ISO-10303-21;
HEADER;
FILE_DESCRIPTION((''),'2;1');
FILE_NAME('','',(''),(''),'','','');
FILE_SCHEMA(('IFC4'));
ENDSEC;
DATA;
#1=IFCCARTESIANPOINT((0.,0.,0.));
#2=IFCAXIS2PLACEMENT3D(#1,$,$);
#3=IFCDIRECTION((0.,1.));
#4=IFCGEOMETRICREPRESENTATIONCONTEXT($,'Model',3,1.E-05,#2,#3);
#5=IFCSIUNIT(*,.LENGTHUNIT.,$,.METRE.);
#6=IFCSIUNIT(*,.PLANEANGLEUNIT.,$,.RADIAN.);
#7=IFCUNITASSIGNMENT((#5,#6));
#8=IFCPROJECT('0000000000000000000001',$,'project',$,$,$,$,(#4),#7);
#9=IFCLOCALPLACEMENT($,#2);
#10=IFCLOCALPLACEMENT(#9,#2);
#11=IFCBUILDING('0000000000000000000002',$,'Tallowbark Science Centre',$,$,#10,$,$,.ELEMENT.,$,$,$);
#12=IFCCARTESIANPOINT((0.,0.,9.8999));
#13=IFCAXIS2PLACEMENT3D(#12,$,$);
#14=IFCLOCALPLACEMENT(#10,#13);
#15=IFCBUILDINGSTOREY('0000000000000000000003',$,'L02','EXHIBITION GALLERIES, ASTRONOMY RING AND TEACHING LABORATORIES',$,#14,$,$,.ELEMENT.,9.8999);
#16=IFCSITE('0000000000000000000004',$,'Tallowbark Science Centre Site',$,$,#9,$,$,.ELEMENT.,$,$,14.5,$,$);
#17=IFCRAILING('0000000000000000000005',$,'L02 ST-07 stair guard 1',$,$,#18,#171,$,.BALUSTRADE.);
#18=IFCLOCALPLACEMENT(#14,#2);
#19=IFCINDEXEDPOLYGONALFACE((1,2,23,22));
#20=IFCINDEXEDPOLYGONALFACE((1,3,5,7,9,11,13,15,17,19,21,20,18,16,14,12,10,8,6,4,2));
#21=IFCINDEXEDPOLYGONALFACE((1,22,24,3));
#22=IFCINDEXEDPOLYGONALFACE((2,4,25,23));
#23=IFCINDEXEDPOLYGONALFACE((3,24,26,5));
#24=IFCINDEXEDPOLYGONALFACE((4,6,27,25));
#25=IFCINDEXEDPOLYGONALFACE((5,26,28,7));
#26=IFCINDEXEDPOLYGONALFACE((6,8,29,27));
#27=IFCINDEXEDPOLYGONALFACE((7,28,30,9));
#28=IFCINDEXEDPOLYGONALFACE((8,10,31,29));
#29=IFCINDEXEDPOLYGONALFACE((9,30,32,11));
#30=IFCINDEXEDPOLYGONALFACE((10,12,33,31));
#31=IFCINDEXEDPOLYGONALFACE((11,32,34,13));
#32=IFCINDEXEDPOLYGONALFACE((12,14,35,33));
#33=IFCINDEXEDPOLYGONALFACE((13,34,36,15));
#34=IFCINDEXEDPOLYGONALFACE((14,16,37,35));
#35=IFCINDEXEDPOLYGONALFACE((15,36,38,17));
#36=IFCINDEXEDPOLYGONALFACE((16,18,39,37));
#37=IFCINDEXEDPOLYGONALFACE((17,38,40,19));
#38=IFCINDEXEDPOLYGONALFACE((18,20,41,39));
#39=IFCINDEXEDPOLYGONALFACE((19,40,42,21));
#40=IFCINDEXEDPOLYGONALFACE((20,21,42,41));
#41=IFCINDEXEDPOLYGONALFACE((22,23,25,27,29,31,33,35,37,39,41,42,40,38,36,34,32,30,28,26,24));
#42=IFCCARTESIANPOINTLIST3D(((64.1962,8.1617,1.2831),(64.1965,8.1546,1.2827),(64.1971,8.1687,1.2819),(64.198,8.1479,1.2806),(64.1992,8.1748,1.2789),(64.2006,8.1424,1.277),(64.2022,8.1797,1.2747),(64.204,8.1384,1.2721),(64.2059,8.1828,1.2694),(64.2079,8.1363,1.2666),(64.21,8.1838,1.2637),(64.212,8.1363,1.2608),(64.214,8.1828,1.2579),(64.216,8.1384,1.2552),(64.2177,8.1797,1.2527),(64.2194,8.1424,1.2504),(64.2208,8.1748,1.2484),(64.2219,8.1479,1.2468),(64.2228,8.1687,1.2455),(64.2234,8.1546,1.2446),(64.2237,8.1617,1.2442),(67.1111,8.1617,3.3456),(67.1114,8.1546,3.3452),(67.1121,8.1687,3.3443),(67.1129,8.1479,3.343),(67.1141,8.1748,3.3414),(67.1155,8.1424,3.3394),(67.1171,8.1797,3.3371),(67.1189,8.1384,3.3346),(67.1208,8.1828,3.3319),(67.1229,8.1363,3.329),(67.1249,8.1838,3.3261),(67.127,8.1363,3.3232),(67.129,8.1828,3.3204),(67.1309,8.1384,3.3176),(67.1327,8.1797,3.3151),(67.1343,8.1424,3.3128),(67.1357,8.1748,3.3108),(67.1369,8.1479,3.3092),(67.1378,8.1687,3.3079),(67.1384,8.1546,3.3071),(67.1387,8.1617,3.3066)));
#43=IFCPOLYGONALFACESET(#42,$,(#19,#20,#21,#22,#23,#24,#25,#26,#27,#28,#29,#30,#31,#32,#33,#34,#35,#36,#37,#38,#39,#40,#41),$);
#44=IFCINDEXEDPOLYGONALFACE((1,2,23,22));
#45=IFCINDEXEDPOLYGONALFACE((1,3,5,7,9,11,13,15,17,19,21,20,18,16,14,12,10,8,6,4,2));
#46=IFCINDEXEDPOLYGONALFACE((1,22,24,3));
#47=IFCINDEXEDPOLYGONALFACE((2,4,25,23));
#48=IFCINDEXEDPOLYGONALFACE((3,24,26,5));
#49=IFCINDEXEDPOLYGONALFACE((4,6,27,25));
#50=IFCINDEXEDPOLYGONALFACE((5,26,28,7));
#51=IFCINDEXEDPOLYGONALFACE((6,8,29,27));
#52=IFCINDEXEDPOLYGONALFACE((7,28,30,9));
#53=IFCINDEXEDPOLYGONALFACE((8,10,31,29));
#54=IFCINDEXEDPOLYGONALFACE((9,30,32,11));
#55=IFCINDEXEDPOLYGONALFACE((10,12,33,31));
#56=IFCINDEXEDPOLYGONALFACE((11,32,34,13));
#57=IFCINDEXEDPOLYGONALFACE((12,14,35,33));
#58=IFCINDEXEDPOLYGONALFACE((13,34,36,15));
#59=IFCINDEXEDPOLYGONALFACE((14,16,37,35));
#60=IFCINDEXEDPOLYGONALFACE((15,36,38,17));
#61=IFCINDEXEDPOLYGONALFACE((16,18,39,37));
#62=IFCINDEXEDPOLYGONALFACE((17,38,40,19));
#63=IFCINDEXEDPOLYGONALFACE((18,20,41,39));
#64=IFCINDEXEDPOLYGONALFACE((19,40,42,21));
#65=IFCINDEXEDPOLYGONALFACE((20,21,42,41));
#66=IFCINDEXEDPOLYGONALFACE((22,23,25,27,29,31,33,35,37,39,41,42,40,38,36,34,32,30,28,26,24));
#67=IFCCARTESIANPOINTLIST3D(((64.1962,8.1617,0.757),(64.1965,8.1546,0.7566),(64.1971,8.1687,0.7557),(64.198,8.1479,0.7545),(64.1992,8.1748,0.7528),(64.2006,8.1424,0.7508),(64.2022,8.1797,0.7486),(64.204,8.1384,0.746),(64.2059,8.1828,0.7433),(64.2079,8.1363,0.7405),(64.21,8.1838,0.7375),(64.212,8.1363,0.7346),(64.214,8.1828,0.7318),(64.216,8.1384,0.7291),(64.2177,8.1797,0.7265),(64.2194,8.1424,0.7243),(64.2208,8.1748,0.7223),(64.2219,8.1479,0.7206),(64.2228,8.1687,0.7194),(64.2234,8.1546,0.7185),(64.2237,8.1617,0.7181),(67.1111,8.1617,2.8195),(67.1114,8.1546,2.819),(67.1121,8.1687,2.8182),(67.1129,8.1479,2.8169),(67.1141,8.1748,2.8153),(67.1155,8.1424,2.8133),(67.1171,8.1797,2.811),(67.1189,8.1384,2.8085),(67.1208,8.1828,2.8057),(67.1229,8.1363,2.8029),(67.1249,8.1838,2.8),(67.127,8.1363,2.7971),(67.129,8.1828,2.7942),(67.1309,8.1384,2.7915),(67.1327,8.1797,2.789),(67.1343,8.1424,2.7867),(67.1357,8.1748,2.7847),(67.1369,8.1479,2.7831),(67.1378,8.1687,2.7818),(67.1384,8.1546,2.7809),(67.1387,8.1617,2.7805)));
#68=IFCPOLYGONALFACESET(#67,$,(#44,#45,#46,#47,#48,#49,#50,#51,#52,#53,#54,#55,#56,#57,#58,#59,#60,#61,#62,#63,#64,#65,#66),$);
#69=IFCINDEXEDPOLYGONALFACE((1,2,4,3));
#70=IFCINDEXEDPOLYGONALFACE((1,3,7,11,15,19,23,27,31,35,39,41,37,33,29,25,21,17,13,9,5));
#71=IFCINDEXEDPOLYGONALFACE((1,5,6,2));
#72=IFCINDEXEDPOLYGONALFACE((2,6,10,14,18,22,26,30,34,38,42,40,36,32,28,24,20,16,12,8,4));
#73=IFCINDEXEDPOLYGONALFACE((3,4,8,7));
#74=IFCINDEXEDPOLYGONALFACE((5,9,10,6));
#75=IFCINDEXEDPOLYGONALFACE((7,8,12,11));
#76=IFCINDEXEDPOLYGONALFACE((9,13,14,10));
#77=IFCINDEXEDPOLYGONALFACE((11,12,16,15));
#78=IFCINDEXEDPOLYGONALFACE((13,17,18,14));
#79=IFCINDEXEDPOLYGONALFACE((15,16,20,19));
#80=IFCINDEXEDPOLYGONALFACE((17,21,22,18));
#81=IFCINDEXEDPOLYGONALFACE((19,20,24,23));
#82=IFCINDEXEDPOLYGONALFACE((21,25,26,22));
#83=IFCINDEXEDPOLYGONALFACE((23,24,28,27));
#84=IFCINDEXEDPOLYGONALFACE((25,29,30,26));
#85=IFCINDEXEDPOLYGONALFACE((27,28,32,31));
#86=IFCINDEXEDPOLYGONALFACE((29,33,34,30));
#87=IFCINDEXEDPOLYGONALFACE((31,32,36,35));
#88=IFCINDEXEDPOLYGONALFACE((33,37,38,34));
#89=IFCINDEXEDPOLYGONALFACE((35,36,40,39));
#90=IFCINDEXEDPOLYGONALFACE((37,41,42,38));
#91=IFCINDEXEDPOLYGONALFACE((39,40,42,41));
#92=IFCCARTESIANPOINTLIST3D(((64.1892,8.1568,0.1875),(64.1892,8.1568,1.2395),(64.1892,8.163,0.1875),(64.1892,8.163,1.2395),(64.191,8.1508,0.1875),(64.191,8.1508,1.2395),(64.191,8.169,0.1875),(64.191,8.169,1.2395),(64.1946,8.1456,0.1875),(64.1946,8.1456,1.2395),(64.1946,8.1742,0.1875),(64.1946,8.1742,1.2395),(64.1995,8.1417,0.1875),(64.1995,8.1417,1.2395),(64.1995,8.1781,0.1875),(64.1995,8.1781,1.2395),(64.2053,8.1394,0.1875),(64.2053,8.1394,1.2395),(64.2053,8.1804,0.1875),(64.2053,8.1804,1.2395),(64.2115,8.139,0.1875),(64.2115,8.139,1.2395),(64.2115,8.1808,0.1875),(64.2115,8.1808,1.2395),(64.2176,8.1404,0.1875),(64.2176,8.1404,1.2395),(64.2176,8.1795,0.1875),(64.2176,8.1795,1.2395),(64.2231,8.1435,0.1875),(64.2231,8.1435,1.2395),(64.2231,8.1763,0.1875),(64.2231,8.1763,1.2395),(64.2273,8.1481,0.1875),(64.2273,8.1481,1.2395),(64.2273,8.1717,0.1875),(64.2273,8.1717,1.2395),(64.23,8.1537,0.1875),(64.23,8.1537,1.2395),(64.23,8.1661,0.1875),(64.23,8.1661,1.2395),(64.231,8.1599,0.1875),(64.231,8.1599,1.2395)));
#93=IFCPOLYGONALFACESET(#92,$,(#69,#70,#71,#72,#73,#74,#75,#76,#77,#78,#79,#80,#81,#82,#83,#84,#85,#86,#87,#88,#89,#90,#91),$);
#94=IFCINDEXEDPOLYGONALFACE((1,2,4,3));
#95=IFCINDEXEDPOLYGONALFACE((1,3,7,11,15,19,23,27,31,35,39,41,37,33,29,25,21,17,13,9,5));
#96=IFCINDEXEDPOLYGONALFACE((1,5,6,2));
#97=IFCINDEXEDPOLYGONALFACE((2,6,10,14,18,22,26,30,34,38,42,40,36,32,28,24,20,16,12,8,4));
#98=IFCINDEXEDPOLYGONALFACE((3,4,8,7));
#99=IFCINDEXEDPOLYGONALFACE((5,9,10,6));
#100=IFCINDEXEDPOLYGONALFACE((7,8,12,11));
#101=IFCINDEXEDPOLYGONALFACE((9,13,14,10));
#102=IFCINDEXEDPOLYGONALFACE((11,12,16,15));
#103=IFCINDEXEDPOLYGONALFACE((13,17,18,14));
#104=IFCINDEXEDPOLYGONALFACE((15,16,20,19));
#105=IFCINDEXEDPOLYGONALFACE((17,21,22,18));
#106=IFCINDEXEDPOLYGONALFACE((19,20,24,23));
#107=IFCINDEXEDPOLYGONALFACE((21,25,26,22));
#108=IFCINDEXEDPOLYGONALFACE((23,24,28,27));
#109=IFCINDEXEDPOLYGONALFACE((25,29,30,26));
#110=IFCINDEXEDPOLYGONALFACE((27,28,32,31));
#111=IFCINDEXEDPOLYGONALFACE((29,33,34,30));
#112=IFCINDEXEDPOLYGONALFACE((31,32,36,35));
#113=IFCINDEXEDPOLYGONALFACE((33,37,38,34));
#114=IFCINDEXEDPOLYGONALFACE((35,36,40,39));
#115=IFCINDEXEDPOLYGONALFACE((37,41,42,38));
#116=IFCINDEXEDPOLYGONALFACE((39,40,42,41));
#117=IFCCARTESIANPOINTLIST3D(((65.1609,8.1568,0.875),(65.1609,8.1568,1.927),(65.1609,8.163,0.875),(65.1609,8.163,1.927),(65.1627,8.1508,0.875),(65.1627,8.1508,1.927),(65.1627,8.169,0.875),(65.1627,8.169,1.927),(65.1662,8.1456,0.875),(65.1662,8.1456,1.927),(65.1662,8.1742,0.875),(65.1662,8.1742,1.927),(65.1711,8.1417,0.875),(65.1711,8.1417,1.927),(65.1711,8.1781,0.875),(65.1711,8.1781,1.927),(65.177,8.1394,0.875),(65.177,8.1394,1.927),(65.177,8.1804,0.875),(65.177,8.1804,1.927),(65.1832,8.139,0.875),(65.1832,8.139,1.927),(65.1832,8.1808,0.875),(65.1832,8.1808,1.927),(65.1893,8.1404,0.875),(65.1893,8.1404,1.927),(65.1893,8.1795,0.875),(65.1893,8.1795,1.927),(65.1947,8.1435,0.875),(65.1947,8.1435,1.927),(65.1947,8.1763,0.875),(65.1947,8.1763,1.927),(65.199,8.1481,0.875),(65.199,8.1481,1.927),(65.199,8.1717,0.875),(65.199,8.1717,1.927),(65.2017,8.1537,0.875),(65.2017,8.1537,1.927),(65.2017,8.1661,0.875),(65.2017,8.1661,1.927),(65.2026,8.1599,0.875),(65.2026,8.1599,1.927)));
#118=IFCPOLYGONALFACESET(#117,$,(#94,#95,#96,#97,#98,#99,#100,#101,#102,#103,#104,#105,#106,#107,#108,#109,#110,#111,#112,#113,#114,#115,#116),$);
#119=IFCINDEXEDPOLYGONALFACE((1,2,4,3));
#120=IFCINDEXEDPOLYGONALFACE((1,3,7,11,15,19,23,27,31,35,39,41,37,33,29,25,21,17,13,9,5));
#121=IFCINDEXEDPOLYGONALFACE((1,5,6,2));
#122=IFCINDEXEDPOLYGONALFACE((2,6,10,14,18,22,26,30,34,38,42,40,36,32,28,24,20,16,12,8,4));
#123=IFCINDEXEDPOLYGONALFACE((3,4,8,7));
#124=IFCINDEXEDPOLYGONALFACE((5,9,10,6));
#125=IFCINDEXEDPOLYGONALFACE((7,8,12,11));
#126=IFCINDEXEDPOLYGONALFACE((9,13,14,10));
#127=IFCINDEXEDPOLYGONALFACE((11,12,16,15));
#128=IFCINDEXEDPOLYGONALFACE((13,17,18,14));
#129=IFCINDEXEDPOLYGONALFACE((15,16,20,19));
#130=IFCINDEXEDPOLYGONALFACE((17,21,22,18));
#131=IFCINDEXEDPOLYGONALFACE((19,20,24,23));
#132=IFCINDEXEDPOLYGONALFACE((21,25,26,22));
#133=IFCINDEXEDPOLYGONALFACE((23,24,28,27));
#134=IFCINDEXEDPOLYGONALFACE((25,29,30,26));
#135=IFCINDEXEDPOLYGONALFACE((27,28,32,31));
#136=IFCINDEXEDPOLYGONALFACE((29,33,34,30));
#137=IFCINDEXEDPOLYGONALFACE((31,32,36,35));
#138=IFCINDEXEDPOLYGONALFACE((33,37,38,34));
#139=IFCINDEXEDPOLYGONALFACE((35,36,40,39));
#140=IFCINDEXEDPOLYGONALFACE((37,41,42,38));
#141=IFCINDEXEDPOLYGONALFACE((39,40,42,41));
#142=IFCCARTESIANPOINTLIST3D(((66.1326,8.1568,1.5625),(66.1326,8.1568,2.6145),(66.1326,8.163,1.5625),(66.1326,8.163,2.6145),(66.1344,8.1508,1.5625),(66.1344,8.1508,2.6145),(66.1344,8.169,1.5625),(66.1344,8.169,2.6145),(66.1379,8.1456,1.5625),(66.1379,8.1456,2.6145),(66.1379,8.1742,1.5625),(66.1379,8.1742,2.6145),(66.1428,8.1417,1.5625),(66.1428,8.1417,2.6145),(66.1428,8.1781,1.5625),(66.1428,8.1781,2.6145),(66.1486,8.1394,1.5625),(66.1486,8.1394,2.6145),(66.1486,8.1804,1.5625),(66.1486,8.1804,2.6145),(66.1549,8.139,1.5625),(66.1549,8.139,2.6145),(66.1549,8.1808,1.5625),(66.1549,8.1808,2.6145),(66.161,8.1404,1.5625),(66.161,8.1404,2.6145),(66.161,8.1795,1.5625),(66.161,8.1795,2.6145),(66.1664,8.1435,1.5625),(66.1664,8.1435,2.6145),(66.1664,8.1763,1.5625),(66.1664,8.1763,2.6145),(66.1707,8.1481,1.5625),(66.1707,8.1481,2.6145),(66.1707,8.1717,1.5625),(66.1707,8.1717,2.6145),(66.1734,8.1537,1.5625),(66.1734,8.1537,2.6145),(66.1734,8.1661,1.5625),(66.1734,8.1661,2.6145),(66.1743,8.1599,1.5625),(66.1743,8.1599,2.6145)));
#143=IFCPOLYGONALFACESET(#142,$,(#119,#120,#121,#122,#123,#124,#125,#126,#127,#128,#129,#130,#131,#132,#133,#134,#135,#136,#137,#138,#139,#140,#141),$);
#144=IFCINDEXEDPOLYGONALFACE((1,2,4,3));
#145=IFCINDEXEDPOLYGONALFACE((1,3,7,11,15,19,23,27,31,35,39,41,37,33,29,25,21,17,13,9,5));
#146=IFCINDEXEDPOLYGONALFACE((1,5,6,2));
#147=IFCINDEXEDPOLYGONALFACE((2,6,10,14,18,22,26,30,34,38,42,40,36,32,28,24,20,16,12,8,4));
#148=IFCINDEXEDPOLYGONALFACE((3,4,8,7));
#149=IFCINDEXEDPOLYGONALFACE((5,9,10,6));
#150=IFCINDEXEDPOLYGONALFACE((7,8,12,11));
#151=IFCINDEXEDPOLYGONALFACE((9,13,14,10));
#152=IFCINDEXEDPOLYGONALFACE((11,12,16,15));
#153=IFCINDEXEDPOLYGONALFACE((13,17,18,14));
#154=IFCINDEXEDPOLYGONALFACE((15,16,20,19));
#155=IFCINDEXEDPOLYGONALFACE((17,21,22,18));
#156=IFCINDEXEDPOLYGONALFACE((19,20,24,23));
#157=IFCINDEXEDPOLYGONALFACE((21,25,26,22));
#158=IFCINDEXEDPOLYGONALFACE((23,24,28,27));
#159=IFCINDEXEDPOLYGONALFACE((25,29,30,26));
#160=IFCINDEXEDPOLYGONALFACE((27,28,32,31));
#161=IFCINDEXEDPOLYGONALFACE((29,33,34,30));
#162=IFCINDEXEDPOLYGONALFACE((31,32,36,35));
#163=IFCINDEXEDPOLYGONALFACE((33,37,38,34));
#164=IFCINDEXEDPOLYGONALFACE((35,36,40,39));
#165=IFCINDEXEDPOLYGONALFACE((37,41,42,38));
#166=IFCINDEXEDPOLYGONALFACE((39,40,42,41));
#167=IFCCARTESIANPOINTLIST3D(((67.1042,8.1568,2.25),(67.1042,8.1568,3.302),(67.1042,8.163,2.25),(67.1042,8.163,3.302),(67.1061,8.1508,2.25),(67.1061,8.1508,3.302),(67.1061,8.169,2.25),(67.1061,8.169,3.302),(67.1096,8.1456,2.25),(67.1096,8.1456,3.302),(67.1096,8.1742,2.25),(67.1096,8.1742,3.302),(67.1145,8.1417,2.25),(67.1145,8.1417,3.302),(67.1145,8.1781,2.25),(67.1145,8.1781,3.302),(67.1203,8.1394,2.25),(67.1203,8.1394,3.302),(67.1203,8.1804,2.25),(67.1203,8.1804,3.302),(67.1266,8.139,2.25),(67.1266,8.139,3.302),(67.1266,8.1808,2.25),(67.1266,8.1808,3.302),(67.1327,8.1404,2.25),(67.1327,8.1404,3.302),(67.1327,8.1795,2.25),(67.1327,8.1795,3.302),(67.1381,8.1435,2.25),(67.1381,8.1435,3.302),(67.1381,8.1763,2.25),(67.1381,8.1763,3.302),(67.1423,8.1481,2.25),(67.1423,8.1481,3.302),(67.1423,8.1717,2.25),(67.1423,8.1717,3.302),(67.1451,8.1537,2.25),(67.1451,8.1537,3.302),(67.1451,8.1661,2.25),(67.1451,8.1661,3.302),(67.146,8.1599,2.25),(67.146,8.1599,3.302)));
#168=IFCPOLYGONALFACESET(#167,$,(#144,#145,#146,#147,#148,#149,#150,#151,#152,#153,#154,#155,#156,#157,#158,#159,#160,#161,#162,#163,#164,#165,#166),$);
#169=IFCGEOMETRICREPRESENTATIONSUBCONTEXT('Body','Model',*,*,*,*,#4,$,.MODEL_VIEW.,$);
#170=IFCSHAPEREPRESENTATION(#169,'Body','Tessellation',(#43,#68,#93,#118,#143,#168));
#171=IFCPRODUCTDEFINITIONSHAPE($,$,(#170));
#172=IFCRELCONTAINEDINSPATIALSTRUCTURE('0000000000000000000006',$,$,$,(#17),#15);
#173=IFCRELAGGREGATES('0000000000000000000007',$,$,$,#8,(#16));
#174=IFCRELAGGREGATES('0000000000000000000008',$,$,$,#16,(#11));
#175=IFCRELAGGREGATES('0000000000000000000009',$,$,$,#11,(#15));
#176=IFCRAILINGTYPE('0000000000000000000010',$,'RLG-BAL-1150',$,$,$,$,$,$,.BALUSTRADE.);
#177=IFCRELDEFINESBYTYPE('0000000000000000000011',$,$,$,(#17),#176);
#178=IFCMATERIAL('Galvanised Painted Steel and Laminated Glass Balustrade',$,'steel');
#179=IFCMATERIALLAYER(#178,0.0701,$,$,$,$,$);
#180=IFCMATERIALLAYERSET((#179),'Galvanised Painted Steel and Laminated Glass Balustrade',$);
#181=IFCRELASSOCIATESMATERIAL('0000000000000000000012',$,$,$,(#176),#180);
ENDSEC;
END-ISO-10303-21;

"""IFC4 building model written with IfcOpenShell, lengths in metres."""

from ifc_helpers import new_model, si_unit, direction, frame, origin, origin_2d, place, context, subcontext, project, spatial, circle, extrude, material, layer, layer_set, type_object, element, save


model = new_model("IFC4")

# Units and contexts
model_context = context("Model", 3, precision=1e-05, world=origin(), true_north=direction((0.0, 1.0)))
body_context = subcontext(model_context, "Body", "Model", "MODEL_VIEW")
ifc_project = project(units=[si_unit("LENGTHUNIT", "METRE"), si_unit("PLANEANGLEUNIT", "RADIAN")], contexts=[model_context])

# Site, building, storey
site_placement = place(None, origin())
site = spatial("IfcSite", under=ifc_project, at=site_placement, Name="Tallowbark Science Centre Site", CompositionType="ELEMENT", RefElevation=14.5)
building_placement = place(site_placement, origin())
building = spatial("IfcBuilding", under=site, at=building_placement, Name="Tallowbark Science Centre", CompositionType="ELEMENT")
storey_placement = place(building_placement, frame((0.0, 0.0, 9.8999)))
storey = spatial("IfcBuildingStorey", under=building, at=storey_placement, Name="L02", Description="EXHIBITION GALLERIES, ASTRONOMY RING AND TEACHING LABORATORIES", CompositionType="ELEMENT", Elevation=9.8999)

# Railing
ifc_material_1 = material(Name="Galvanised Painted Steel and Laminated Glass Balustrade", Category="steel")
ifc_layer_1 = layer(ifc_material_1, 0.0701)
ifc_layer_set_1 = layer_set([ifc_layer_1], Name="Galvanised Painted Steel and Laminated Glass Balustrade")
railing_type_1 = type_object("IfcRailingType", Name="RLG-BAL-1150", PredefinedType="BALUSTRADE", material=ifc_layer_set_1)
railing_1_placement = place(storey_placement, frame((64.21, 8.1599, 0.1875)))
element("IfcRailing", 1, at=railing_1_placement, inside=storey, type_object=railing_type_1, Name="L02 ST-07 stair guard 1", PredefinedType="BALUSTRADE", context=body_context, shape_type="SweptSolid", body=[
    extrude(circle(Radius=0.0239, at=origin_2d()), frame((0.0, 0.0, 1.0762), z_axis=(0.816331, 0.0, 0.577585), x_axis=(0.0, 1.0, 0.0)), (0.0, 0.0, 1.0), 3.5708),
    extrude(circle(Radius=0.0239, at=origin_2d()), frame((0.0, 0.0, 0.55), z_axis=(0.816331, 0.0, 0.577585), x_axis=(0.0, 1.0, 0.0)), (0.0, 0.0, 1.0), 3.5708),
    extrude(circle(Radius=0.021, at=origin_2d()), origin(), (0.0, 0.0, 1.0), 1.052),
    extrude(circle(Radius=0.021, at=origin_2d()), frame((0.9717, 0.0, 0.6875)), (0.0, 0.0, 1.0), 1.052),
    extrude(circle(Radius=0.021, at=origin_2d()), frame((1.9434, 0.0, 1.375)), (0.0, 0.0, 1.0), 1.052),
    extrude(circle(Radius=0.021, at=origin_2d()), frame((2.915, 0.0, 2.0625)), (0.0, 0.0, 1.0), 1.052),
])

save(model, "model.ifc")
